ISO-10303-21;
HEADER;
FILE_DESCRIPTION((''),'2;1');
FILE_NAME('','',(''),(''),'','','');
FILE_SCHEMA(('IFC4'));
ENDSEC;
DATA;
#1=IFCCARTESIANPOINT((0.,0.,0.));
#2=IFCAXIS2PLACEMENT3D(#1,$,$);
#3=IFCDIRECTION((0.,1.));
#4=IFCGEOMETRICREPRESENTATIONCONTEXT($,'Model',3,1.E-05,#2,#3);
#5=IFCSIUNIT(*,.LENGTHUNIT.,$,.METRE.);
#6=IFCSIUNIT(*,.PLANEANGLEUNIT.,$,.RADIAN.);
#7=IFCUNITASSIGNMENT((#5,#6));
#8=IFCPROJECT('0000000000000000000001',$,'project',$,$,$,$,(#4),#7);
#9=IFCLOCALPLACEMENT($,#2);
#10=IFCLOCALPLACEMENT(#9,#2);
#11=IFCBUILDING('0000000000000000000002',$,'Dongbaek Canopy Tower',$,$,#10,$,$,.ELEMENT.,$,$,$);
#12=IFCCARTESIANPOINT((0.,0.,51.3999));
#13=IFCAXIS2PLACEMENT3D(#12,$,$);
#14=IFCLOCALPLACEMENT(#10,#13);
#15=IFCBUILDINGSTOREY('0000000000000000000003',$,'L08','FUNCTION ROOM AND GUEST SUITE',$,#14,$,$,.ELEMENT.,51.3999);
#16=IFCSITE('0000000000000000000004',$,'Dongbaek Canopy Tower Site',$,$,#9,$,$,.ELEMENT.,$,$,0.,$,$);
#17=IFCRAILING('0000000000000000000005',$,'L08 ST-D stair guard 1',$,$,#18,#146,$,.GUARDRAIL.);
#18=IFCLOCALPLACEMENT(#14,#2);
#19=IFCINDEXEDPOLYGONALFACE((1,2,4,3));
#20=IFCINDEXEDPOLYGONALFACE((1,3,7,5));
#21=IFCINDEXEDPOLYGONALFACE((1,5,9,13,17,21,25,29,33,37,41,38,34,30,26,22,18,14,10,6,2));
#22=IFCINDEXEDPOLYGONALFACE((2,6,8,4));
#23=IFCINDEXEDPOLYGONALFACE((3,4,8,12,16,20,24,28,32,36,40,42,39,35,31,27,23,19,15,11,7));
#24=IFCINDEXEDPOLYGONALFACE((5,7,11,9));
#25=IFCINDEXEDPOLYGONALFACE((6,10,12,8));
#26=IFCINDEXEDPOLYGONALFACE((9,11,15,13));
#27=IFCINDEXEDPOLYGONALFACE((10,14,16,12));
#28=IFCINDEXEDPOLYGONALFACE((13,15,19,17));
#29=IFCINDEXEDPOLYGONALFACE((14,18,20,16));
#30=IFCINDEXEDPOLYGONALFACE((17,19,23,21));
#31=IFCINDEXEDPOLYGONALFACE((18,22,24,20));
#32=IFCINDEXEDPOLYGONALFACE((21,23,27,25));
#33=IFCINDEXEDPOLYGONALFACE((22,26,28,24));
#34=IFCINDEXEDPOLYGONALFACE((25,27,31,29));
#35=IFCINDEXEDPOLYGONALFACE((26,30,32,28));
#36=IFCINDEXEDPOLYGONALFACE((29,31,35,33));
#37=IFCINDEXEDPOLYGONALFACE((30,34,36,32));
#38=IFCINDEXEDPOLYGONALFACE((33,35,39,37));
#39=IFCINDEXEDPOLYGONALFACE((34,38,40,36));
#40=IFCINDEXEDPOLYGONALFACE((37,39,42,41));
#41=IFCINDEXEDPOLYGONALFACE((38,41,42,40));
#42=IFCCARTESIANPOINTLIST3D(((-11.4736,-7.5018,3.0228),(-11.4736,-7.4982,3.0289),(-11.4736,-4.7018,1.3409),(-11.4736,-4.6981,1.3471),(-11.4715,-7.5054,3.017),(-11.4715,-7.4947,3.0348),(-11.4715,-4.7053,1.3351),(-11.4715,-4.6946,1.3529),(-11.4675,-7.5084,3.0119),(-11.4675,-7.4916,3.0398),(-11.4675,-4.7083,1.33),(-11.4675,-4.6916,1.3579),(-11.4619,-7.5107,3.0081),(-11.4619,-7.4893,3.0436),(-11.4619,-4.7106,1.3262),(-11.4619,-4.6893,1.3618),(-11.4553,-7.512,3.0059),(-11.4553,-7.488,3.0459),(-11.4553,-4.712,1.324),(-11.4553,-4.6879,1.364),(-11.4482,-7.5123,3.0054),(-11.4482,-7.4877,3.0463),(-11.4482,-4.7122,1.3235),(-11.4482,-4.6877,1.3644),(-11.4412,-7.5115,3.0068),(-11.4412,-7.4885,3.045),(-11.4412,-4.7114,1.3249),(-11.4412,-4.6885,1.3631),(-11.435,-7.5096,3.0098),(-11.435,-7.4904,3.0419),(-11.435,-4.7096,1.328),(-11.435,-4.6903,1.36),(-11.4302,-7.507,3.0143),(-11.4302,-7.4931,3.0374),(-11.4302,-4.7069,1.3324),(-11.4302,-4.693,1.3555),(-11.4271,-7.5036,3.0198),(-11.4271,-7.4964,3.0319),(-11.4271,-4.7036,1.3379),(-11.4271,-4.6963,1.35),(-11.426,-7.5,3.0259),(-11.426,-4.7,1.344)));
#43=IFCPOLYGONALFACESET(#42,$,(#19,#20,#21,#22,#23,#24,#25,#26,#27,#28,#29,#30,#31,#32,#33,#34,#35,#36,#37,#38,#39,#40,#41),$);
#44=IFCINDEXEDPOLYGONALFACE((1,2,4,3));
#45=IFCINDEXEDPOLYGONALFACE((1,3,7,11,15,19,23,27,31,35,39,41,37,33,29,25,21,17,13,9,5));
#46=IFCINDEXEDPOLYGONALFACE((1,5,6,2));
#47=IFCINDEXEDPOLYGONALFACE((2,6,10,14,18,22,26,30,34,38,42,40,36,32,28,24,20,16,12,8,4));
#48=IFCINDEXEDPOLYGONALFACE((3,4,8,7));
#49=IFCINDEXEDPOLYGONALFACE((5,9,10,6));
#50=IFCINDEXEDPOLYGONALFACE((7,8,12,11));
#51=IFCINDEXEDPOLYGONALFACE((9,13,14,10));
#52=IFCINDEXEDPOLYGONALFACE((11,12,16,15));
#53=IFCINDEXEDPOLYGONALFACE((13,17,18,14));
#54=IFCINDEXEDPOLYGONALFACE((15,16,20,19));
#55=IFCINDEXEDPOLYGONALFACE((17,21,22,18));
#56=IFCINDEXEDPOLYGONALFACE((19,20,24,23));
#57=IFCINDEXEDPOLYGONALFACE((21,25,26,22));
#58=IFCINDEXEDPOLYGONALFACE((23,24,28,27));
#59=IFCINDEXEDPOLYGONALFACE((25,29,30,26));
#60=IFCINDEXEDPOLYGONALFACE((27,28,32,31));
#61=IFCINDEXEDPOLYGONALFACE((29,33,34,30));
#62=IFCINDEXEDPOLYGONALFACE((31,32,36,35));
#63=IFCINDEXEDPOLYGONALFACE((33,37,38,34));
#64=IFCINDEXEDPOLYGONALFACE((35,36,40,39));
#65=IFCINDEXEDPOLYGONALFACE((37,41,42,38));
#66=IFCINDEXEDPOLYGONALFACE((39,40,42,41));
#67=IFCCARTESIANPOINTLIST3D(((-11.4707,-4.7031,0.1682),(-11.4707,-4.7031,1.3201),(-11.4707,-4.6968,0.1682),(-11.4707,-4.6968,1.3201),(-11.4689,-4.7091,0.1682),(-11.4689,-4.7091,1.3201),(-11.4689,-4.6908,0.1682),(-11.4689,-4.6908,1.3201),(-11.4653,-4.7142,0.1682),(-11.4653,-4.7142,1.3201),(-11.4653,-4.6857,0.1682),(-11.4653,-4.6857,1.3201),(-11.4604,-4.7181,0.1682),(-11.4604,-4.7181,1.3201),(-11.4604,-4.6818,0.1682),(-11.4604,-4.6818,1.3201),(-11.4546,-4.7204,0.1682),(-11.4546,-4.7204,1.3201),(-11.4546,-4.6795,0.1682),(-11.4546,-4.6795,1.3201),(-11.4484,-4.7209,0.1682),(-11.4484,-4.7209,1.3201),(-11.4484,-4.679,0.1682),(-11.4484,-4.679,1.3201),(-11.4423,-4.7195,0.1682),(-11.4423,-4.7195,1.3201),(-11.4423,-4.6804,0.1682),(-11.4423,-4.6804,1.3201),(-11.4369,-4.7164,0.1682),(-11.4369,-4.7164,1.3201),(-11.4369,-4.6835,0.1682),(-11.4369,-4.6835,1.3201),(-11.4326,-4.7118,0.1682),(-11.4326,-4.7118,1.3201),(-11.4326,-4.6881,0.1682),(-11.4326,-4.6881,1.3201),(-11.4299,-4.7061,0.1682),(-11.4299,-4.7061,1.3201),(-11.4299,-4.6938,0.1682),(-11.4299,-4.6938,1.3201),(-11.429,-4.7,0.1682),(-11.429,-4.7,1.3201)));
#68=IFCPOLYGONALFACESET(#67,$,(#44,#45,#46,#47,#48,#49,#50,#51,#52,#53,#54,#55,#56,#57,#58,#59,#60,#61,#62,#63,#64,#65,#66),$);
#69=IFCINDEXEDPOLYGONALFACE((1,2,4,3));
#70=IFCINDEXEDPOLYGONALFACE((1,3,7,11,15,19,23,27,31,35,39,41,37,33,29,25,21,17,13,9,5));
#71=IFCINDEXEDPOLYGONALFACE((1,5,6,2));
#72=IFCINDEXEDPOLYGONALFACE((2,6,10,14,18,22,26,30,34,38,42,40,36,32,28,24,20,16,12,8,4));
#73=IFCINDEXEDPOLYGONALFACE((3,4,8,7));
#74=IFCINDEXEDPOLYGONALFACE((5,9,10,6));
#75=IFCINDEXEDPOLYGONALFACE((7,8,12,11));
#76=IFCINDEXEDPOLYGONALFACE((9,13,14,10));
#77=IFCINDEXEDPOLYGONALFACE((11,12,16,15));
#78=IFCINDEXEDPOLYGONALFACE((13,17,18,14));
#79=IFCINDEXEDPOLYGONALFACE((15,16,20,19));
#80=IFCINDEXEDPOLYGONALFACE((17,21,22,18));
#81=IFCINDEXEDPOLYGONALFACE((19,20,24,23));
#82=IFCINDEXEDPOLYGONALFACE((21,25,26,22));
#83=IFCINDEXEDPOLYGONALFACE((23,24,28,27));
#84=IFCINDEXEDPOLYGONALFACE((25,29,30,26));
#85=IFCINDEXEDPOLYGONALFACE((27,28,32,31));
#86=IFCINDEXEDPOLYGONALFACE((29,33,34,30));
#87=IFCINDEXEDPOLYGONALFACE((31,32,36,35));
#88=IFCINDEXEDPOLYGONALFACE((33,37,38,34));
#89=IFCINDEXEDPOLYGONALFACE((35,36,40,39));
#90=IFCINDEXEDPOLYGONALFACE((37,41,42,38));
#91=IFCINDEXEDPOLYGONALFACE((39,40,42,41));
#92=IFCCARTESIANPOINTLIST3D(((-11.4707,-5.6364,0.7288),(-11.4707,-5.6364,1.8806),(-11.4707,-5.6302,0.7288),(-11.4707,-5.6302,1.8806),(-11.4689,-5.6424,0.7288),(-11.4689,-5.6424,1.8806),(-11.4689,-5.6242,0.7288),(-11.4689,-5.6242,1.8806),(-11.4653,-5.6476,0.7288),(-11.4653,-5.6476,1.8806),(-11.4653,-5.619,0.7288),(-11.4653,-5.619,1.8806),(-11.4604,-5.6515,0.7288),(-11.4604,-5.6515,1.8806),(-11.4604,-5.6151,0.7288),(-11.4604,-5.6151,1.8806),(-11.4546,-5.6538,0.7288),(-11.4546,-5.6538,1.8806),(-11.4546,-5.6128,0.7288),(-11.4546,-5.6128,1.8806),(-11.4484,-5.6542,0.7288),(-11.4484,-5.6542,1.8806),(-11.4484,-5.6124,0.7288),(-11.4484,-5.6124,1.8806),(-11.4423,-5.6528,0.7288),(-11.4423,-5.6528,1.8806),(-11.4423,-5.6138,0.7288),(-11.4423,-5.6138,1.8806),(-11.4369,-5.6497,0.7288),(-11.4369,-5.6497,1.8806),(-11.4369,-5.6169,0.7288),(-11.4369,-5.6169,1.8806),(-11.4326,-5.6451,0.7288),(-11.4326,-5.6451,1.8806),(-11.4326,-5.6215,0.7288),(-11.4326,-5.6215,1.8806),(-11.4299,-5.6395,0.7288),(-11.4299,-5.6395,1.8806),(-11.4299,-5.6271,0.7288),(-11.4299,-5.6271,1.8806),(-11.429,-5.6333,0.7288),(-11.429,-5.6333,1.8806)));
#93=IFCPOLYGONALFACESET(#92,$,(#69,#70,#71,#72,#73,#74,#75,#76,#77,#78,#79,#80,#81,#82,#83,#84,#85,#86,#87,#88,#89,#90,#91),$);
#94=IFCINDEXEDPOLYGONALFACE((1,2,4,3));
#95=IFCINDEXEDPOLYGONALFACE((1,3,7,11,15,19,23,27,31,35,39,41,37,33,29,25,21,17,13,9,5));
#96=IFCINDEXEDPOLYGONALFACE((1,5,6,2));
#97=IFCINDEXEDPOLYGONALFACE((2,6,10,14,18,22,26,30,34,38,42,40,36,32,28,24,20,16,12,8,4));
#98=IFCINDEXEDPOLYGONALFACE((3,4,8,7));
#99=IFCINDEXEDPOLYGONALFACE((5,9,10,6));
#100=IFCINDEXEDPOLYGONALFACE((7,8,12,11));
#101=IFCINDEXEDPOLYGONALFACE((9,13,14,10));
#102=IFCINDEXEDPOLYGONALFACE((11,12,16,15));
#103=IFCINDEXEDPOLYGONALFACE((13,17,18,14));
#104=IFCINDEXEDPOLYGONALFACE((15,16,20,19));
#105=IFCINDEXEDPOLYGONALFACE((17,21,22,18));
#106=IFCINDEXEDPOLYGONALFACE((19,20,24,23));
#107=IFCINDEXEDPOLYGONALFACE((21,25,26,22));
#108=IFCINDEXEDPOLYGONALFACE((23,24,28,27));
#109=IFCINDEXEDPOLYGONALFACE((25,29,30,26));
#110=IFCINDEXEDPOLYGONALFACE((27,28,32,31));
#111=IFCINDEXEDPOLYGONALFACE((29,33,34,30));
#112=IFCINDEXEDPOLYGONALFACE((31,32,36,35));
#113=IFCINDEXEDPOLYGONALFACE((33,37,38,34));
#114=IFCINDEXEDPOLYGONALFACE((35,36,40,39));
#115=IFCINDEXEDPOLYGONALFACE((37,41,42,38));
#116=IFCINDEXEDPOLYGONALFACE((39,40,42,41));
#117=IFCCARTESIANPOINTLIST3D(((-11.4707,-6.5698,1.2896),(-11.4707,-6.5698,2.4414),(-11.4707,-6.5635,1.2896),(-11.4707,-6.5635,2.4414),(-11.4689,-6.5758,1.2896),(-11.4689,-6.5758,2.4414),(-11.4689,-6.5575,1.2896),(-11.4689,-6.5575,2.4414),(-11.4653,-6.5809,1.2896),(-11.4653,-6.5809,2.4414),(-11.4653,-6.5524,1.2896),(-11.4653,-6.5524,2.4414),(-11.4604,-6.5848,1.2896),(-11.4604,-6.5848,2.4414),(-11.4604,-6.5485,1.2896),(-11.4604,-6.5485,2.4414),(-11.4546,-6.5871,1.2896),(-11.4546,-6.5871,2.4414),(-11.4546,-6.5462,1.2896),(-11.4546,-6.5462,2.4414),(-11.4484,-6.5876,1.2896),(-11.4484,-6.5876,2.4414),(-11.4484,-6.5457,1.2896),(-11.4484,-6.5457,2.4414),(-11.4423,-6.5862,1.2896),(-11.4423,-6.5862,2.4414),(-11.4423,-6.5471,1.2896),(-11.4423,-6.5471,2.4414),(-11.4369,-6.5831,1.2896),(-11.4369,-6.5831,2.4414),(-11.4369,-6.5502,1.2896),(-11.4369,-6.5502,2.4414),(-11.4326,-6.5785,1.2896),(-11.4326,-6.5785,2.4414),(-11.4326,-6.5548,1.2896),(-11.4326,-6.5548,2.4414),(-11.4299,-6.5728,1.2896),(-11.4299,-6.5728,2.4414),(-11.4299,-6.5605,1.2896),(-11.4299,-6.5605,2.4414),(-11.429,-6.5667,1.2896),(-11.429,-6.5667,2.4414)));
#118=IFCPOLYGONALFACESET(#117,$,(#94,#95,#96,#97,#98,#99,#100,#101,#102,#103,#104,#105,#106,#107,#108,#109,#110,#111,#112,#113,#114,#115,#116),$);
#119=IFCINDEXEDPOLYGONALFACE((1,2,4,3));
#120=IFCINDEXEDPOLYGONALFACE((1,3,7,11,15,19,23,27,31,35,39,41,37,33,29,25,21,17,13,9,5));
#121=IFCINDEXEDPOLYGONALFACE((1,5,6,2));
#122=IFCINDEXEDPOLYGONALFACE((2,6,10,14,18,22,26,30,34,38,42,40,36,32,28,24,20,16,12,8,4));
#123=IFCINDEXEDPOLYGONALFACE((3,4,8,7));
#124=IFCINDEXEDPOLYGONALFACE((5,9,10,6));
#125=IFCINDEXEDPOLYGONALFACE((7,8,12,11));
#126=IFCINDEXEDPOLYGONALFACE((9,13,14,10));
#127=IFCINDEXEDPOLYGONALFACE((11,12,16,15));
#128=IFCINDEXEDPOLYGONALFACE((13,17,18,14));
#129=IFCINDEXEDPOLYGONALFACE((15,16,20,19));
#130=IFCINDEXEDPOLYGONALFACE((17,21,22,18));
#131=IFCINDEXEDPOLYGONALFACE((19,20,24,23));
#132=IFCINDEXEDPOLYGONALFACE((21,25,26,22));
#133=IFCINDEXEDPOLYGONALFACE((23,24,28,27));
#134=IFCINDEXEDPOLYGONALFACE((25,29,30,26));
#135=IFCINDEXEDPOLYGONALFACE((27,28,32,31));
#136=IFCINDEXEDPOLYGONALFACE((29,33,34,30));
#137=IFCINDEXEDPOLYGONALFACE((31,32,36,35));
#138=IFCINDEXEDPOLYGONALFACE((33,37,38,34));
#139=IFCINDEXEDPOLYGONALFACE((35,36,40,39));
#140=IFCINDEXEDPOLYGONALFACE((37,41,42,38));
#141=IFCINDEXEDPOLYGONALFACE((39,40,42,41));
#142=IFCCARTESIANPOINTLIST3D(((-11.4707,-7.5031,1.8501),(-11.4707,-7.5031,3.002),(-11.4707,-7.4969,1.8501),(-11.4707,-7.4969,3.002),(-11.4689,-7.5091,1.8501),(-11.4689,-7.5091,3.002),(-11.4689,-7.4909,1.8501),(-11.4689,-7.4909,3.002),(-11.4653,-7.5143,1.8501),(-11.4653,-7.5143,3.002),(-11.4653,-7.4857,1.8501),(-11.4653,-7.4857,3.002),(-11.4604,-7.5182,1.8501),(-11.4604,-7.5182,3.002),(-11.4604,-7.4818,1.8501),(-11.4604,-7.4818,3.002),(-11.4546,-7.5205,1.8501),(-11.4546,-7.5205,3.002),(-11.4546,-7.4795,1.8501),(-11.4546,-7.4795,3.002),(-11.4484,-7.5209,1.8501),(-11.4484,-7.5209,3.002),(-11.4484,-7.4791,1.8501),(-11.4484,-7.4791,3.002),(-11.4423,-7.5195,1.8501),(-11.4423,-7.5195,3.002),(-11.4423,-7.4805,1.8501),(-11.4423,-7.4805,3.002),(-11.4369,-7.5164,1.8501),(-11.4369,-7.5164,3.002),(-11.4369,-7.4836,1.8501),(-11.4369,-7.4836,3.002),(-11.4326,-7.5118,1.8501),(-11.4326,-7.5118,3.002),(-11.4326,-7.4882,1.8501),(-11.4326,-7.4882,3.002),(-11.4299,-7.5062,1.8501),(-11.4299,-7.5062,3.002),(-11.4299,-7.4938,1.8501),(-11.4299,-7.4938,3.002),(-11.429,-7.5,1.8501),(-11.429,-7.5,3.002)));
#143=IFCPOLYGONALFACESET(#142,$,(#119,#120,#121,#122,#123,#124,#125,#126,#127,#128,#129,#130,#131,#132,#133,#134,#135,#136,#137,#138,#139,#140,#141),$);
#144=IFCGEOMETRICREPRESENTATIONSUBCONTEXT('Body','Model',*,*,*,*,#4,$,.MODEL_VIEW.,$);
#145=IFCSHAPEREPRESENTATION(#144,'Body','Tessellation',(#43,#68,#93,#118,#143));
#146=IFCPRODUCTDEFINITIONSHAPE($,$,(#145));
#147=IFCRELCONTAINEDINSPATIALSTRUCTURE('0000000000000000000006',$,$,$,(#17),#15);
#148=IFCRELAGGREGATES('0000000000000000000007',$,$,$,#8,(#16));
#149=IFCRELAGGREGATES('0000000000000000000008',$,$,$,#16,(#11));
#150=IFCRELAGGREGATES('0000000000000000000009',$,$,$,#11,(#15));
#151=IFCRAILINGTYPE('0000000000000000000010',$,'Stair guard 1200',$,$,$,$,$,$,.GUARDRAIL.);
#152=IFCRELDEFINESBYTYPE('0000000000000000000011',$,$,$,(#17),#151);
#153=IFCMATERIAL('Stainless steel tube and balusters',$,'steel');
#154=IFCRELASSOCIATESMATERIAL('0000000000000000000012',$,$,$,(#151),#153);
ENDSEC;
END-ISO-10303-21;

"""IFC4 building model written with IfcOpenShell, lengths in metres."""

from ifc_helpers import new_model, si_unit, direction, frame, origin, origin_2d, place, context, subcontext, project, spatial, circle, extrude, material, type_object, element, save


model = new_model("IFC4")

# Units and contexts
model_context = context("Model", 3, precision=1e-05, world=origin(), true_north=direction((0.0, 1.0)))
body_context = subcontext(model_context, "Body", "Model", "MODEL_VIEW")
ifc_project = project(units=[si_unit("LENGTHUNIT", "METRE"), si_unit("PLANEANGLEUNIT", "RADIAN")], contexts=[model_context])

# Site, building, storey
site_placement = place(None, origin())
site = spatial("IfcSite", under=ifc_project, at=site_placement, Name="Dongbaek Canopy Tower Site", CompositionType="ELEMENT", RefElevation=0.0)
building_placement = place(site_placement, origin())
building = spatial("IfcBuilding", under=site, at=building_placement, Name="Dongbaek Canopy Tower", CompositionType="ELEMENT")
storey_placement = place(building_placement, frame((0.0, 0.0, 51.3999)))
storey = spatial("IfcBuildingStorey", under=building, at=storey_placement, Name="L08", Description="FUNCTION ROOM AND GUEST SUITE", CompositionType="ELEMENT", Elevation=51.3999)

# Railing
ifc_material_1 = material(Name="Stainless steel tube and balusters", Category="steel")
railing_type_1 = type_object("IfcRailingType", Name="Stair guard 1200", PredefinedType="GUARDRAIL", material=ifc_material_1)
railing_1_placement = place(storey_placement, frame((-11.45, -4.7, 0.1682)))
element("IfcRailing", 1, at=railing_1_placement, inside=storey, type_object=railing_type_1, Name="L08 ST-D stair guard 1", PredefinedType="GUARDRAIL", context=body_context, shape_type="SweptSolid", body=[
    extrude(circle(Radius=0.0239, at=origin_2d()), frame((0.0, 0.0, 1.1758), z_axis=(0.0, -0.857242, 0.514913), x_axis=(1.0, 0.0, 0.0)), (0.0, 0.0, 1.0), 3.2664),
    extrude(circle(Radius=0.021, at=origin_2d()), origin(), (0.0, 0.0, 1.0), 1.1519),
    extrude(circle(Radius=0.021, at=origin_2d()), frame((0.0, -0.9333, 0.5605)), (0.0, 0.0, 1.0), 1.1519),
    extrude(circle(Radius=0.021, at=origin_2d()), frame((0.0, -1.8667, 1.1213)), (0.0, 0.0, 1.0), 1.1519),
    extrude(circle(Radius=0.021, at=origin_2d()), frame((0.0, -2.8, 1.6819)), (0.0, 0.0, 1.0), 1.1519),
])

save(model, "model.ifc")
